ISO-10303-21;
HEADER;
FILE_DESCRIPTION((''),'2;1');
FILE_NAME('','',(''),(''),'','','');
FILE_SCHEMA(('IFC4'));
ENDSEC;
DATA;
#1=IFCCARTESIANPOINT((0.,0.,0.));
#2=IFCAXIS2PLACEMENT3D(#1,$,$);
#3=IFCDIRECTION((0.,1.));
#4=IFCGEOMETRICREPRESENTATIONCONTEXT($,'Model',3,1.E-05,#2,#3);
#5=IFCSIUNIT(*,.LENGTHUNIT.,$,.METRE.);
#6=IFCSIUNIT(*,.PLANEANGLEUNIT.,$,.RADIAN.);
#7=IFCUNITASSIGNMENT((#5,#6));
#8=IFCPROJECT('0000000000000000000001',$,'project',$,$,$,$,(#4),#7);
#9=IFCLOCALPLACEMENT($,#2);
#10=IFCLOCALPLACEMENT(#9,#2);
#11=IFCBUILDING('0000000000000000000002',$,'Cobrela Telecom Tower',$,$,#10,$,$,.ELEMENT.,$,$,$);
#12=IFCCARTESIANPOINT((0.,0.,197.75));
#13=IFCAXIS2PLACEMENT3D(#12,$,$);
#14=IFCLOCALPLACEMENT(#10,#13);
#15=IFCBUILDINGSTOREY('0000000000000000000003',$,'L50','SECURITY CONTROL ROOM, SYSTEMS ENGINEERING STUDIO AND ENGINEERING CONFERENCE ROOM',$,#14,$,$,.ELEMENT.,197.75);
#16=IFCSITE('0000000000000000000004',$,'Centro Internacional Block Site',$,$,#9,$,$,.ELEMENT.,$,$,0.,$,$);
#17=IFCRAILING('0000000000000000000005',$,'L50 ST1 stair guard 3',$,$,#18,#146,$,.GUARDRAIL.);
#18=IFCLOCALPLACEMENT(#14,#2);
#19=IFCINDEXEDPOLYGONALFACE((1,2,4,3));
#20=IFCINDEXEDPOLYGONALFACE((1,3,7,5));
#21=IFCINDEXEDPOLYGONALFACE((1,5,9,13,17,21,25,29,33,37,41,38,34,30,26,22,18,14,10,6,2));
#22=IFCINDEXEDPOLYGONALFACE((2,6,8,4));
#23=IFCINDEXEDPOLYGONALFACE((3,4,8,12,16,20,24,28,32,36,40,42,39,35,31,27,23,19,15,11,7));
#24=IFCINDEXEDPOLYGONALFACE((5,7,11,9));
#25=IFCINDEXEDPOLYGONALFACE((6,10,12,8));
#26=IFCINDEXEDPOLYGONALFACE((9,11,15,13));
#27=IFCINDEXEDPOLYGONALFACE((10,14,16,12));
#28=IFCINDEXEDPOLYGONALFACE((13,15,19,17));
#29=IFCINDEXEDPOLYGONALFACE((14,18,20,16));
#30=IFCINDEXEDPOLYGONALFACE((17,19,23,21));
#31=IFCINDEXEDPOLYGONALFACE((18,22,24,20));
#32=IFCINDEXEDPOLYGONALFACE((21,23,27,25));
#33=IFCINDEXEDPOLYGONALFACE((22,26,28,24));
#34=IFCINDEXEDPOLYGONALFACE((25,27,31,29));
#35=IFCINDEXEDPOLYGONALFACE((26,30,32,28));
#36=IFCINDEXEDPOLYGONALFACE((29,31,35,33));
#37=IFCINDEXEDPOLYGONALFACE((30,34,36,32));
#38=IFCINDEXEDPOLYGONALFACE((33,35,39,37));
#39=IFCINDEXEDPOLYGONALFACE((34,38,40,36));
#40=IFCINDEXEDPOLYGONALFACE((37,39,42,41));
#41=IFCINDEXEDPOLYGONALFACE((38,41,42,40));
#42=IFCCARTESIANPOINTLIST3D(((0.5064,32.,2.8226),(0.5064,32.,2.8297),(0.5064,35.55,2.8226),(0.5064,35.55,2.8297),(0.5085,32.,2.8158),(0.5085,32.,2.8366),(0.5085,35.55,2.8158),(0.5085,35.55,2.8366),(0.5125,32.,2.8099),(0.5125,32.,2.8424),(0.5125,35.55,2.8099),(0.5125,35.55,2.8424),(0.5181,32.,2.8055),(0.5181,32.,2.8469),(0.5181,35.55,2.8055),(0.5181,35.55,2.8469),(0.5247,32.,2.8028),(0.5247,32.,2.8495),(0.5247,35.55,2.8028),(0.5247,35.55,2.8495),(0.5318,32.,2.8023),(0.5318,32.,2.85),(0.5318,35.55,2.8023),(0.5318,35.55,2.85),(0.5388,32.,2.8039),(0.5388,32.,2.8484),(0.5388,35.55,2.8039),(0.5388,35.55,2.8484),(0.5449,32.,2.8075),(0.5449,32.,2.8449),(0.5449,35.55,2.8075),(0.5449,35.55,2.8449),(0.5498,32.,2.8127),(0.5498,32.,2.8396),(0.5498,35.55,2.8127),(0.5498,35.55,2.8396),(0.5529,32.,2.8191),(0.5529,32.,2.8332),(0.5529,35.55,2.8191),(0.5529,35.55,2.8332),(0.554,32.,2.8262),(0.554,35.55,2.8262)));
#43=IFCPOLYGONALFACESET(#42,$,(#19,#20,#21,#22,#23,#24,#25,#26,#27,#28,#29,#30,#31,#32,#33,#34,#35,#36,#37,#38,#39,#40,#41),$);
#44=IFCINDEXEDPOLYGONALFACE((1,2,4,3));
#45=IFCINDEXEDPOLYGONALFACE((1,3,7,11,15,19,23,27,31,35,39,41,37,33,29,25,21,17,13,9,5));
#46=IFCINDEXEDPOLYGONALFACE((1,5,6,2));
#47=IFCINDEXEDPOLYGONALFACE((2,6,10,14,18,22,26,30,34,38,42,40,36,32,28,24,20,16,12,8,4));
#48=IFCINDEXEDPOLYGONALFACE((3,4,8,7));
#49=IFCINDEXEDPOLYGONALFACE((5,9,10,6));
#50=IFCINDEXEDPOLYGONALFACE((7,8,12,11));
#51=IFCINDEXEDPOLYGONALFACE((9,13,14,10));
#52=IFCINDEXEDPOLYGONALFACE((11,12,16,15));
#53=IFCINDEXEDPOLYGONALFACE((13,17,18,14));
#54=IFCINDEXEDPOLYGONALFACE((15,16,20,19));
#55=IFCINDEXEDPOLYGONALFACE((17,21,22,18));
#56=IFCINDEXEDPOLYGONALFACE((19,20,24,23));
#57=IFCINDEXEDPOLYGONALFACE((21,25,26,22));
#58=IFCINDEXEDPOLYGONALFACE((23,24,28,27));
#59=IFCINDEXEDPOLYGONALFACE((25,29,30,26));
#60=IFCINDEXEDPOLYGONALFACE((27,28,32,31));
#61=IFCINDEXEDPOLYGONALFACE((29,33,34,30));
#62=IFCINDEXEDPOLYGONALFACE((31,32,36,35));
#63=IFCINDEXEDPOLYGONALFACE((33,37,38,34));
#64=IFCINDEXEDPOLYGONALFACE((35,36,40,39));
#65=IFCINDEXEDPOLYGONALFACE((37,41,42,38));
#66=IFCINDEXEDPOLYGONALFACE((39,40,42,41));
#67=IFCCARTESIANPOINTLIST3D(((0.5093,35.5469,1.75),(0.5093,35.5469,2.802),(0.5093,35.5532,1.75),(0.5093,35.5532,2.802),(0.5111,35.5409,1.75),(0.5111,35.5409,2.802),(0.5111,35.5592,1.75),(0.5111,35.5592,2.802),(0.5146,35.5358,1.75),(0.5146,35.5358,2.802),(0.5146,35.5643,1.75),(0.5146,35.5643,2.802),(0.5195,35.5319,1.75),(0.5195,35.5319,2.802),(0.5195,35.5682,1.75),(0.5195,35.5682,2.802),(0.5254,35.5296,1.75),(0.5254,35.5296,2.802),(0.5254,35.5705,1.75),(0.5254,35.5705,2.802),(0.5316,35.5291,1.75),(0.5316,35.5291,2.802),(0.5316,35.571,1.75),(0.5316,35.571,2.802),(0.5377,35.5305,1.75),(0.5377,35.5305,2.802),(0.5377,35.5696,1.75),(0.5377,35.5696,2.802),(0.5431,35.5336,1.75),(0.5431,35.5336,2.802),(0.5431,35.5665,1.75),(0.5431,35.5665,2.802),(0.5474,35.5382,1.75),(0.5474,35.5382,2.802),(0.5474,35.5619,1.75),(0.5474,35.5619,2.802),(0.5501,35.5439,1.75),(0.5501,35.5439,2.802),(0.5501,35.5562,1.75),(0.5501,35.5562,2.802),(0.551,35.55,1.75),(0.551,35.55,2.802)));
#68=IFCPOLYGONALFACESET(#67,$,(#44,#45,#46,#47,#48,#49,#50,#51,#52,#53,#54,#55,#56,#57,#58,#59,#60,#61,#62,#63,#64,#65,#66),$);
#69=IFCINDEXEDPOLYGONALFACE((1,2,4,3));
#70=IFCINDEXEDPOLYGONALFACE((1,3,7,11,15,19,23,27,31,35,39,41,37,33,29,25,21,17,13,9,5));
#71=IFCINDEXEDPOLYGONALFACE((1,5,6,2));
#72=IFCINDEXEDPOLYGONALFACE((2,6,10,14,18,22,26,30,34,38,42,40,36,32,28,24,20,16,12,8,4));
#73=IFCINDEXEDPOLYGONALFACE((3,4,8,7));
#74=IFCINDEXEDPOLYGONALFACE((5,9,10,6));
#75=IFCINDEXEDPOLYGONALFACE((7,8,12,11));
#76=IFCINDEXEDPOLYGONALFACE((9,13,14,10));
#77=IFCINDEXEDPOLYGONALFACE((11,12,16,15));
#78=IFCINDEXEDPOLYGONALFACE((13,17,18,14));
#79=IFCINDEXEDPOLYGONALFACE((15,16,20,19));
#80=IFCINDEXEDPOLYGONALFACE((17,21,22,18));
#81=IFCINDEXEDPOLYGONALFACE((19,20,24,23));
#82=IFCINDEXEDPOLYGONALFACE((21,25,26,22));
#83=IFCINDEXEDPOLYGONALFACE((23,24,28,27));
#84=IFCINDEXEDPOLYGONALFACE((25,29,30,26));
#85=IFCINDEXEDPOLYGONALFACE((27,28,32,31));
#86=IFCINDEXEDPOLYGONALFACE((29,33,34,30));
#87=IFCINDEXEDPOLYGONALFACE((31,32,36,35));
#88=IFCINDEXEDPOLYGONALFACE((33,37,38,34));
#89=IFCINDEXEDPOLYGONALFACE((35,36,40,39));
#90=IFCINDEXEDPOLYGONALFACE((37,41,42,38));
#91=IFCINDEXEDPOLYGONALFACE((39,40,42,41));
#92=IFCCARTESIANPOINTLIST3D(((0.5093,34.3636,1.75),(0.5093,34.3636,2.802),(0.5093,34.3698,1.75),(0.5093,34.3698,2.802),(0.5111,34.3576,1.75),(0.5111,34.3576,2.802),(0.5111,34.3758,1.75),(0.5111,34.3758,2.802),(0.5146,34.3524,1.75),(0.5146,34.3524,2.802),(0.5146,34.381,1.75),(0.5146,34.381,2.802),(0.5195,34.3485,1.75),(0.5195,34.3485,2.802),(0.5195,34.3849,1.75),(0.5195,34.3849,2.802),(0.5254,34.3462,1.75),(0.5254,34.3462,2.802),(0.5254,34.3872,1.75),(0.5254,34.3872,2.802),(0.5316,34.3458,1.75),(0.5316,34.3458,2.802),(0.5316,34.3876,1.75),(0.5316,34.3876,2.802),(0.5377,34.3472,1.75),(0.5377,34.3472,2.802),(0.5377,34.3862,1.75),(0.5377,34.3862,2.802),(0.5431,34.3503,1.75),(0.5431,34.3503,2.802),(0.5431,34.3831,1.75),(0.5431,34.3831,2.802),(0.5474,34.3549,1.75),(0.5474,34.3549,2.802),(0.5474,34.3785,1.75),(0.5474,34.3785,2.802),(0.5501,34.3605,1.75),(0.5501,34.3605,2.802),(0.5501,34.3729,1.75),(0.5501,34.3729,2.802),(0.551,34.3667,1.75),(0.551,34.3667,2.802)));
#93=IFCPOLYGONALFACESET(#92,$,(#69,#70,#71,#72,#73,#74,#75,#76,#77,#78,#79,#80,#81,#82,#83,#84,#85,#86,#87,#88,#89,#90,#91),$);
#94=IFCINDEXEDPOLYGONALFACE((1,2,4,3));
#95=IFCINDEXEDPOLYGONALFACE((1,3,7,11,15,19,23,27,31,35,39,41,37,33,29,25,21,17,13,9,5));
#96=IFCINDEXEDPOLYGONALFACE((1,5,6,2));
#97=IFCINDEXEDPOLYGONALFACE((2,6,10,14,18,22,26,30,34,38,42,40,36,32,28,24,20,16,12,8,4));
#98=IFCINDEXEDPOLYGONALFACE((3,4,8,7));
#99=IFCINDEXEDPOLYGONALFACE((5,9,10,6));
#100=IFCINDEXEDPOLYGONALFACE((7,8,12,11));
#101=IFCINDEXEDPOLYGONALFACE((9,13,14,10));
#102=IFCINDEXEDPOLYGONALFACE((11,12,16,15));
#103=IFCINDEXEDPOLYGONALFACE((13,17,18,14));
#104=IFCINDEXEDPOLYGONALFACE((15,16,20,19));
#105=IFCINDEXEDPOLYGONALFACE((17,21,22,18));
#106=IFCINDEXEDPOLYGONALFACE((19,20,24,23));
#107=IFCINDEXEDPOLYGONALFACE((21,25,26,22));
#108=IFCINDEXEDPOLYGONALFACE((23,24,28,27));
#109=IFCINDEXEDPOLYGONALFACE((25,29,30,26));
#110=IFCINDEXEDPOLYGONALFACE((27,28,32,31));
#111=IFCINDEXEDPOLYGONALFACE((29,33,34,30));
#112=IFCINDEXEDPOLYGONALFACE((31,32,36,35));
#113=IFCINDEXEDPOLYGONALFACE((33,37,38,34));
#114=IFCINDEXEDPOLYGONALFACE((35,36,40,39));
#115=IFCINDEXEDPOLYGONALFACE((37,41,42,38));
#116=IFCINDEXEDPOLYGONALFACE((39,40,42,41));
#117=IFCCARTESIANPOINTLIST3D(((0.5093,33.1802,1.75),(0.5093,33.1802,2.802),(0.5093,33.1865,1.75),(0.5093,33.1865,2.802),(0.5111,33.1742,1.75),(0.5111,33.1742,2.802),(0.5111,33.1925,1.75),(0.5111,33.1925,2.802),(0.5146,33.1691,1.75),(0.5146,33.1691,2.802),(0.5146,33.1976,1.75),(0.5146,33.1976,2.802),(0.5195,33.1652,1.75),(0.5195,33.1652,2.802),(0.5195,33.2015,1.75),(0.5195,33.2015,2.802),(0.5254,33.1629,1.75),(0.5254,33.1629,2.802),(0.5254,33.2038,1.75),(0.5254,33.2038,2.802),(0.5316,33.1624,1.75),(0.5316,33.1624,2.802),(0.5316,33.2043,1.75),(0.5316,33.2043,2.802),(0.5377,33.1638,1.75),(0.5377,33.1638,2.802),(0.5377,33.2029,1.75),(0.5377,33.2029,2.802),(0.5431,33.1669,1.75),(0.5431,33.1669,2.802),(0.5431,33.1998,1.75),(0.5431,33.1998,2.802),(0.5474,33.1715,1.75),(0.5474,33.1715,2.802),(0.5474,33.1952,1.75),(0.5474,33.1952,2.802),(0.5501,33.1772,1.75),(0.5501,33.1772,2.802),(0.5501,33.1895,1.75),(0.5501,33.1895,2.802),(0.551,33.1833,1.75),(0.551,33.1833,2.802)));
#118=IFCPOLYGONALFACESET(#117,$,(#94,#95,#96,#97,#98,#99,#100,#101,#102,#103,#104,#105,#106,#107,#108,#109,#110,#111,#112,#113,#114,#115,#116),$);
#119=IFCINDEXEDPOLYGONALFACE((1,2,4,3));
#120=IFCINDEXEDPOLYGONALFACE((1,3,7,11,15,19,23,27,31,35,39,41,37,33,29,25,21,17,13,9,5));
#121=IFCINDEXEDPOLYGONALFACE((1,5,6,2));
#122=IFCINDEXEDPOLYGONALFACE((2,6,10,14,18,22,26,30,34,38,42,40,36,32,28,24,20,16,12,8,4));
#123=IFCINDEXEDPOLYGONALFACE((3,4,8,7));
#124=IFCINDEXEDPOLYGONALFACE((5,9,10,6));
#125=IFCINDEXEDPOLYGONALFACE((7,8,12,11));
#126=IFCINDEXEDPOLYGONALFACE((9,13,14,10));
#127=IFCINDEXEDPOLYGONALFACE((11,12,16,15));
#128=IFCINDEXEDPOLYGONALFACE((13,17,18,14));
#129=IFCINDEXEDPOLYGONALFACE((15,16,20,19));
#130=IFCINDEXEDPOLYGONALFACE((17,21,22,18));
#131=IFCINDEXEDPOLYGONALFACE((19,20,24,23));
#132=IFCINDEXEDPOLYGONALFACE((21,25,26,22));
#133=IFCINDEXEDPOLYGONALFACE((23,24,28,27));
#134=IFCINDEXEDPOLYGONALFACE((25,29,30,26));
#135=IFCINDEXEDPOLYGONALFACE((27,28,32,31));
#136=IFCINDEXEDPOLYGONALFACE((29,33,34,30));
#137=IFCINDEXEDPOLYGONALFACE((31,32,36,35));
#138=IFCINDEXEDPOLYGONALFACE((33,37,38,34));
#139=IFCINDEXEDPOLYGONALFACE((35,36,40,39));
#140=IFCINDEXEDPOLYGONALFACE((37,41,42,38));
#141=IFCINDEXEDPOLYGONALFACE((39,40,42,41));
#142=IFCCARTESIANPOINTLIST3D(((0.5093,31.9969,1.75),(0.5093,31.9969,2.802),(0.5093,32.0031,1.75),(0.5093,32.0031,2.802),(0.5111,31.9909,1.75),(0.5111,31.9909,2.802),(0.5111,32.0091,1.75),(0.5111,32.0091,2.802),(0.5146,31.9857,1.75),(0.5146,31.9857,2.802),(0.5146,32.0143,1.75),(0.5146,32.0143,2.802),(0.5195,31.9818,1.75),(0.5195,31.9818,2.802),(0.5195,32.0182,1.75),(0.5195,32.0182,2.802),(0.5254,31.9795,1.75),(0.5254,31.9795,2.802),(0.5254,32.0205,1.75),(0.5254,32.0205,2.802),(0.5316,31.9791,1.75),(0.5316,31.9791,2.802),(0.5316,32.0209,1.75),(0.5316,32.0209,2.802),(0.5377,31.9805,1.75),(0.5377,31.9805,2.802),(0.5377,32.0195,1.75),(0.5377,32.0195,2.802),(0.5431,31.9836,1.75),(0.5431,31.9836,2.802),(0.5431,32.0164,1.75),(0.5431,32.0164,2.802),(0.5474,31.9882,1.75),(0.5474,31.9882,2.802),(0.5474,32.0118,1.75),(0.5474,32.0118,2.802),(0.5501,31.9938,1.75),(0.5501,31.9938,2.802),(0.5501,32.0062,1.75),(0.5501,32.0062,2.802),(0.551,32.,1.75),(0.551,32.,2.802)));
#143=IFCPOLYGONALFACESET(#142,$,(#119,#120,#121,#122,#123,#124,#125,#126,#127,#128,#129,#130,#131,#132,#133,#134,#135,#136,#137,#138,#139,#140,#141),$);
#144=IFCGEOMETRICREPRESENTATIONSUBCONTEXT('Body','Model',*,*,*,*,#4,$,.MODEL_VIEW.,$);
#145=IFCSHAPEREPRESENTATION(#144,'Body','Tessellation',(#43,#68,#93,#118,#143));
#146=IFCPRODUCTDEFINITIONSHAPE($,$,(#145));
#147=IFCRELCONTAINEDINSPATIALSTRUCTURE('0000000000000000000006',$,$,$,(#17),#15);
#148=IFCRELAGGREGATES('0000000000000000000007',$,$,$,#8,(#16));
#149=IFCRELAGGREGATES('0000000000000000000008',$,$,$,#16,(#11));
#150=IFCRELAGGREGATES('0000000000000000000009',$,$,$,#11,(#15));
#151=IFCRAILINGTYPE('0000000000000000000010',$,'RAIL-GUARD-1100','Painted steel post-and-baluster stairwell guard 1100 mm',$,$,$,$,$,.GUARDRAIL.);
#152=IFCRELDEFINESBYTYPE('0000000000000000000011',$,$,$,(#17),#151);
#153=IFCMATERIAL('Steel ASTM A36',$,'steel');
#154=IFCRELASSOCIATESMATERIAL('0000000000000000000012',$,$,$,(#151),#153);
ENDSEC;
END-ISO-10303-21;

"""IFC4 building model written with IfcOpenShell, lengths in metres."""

from ifc_helpers import new_model, si_unit, direction, frame, origin, origin_2d, place, context, subcontext, project, spatial, circle, extrude, material, type_object, element, save


model = new_model("IFC4")

# Units and contexts
model_context = context("Model", 3, precision=1e-05, world=origin(), true_north=direction((0.0, 1.0)))
body_context = subcontext(model_context, "Body", "Model", "MODEL_VIEW")
ifc_project = project(units=[si_unit("LENGTHUNIT", "METRE"), si_unit("PLANEANGLEUNIT", "RADIAN")], contexts=[model_context])

# Site, building, storey
site_placement = place(None, origin())
site = spatial("IfcSite", under=ifc_project, at=site_placement, Name="Centro Internacional Block Site", CompositionType="ELEMENT", RefElevation=0.0)
building_placement = place(site_placement, origin())
building = spatial("IfcBuilding", under=site, at=building_placement, Name="Cobrela Telecom Tower", CompositionType="ELEMENT")
storey_placement = place(building_placement, frame((0.0, 0.0, 197.75)))
storey = spatial("IfcBuildingStorey", under=building, at=storey_placement, Name="L50", Description="SECURITY CONTROL ROOM, SYSTEMS ENGINEERING STUDIO AND ENGINEERING CONFERENCE ROOM", CompositionType="ELEMENT", Elevation=197.75)

# Shared definitions
ifc_material_1 = material(Name="Steel ASTM A36", Category="steel")

# Railing
railing_type_1 = type_object("IfcRailingType", Name="RAIL-GUARD-1100", Description="Painted steel post-and-baluster stairwell guard 1100 mm", PredefinedType="GUARDRAIL", material=ifc_material_1)
railing_1_placement = place(storey_placement, frame((0.53, 35.55, 1.75)))
element("IfcRailing", 1, at=railing_1_placement, inside=storey, type_object=railing_type_1, Name="L50 ST1 stair guard 3", PredefinedType="GUARDRAIL", context=body_context, shape_type="SweptSolid", body=[
    extrude(circle(Radius=0.0239, at=origin_2d()), frame((0.0, 0.0, 1.0762), z_axis=(0.0, -1.0, 0.0), x_axis=(1.0, 0.0, 0.0)), (0.0, 0.0, 1.0), 3.55),
    extrude(circle(Radius=0.021, at=origin_2d()), origin(), (0.0, 0.0, 1.0), 1.052),
    extrude(circle(Radius=0.021, at=origin_2d()), frame((0.0, -1.1833, 0.0)), (0.0, 0.0, 1.0), 1.052),
    extrude(circle(Radius=0.021, at=origin_2d()), frame((0.0, -2.3667, 0.0)), (0.0, 0.0, 1.0), 1.052),
    extrude(circle(Radius=0.021, at=origin_2d()), frame((0.0, -3.55, 0.0)), (0.0, 0.0, 1.0), 1.052),
])

save(model, "model.ifc")
